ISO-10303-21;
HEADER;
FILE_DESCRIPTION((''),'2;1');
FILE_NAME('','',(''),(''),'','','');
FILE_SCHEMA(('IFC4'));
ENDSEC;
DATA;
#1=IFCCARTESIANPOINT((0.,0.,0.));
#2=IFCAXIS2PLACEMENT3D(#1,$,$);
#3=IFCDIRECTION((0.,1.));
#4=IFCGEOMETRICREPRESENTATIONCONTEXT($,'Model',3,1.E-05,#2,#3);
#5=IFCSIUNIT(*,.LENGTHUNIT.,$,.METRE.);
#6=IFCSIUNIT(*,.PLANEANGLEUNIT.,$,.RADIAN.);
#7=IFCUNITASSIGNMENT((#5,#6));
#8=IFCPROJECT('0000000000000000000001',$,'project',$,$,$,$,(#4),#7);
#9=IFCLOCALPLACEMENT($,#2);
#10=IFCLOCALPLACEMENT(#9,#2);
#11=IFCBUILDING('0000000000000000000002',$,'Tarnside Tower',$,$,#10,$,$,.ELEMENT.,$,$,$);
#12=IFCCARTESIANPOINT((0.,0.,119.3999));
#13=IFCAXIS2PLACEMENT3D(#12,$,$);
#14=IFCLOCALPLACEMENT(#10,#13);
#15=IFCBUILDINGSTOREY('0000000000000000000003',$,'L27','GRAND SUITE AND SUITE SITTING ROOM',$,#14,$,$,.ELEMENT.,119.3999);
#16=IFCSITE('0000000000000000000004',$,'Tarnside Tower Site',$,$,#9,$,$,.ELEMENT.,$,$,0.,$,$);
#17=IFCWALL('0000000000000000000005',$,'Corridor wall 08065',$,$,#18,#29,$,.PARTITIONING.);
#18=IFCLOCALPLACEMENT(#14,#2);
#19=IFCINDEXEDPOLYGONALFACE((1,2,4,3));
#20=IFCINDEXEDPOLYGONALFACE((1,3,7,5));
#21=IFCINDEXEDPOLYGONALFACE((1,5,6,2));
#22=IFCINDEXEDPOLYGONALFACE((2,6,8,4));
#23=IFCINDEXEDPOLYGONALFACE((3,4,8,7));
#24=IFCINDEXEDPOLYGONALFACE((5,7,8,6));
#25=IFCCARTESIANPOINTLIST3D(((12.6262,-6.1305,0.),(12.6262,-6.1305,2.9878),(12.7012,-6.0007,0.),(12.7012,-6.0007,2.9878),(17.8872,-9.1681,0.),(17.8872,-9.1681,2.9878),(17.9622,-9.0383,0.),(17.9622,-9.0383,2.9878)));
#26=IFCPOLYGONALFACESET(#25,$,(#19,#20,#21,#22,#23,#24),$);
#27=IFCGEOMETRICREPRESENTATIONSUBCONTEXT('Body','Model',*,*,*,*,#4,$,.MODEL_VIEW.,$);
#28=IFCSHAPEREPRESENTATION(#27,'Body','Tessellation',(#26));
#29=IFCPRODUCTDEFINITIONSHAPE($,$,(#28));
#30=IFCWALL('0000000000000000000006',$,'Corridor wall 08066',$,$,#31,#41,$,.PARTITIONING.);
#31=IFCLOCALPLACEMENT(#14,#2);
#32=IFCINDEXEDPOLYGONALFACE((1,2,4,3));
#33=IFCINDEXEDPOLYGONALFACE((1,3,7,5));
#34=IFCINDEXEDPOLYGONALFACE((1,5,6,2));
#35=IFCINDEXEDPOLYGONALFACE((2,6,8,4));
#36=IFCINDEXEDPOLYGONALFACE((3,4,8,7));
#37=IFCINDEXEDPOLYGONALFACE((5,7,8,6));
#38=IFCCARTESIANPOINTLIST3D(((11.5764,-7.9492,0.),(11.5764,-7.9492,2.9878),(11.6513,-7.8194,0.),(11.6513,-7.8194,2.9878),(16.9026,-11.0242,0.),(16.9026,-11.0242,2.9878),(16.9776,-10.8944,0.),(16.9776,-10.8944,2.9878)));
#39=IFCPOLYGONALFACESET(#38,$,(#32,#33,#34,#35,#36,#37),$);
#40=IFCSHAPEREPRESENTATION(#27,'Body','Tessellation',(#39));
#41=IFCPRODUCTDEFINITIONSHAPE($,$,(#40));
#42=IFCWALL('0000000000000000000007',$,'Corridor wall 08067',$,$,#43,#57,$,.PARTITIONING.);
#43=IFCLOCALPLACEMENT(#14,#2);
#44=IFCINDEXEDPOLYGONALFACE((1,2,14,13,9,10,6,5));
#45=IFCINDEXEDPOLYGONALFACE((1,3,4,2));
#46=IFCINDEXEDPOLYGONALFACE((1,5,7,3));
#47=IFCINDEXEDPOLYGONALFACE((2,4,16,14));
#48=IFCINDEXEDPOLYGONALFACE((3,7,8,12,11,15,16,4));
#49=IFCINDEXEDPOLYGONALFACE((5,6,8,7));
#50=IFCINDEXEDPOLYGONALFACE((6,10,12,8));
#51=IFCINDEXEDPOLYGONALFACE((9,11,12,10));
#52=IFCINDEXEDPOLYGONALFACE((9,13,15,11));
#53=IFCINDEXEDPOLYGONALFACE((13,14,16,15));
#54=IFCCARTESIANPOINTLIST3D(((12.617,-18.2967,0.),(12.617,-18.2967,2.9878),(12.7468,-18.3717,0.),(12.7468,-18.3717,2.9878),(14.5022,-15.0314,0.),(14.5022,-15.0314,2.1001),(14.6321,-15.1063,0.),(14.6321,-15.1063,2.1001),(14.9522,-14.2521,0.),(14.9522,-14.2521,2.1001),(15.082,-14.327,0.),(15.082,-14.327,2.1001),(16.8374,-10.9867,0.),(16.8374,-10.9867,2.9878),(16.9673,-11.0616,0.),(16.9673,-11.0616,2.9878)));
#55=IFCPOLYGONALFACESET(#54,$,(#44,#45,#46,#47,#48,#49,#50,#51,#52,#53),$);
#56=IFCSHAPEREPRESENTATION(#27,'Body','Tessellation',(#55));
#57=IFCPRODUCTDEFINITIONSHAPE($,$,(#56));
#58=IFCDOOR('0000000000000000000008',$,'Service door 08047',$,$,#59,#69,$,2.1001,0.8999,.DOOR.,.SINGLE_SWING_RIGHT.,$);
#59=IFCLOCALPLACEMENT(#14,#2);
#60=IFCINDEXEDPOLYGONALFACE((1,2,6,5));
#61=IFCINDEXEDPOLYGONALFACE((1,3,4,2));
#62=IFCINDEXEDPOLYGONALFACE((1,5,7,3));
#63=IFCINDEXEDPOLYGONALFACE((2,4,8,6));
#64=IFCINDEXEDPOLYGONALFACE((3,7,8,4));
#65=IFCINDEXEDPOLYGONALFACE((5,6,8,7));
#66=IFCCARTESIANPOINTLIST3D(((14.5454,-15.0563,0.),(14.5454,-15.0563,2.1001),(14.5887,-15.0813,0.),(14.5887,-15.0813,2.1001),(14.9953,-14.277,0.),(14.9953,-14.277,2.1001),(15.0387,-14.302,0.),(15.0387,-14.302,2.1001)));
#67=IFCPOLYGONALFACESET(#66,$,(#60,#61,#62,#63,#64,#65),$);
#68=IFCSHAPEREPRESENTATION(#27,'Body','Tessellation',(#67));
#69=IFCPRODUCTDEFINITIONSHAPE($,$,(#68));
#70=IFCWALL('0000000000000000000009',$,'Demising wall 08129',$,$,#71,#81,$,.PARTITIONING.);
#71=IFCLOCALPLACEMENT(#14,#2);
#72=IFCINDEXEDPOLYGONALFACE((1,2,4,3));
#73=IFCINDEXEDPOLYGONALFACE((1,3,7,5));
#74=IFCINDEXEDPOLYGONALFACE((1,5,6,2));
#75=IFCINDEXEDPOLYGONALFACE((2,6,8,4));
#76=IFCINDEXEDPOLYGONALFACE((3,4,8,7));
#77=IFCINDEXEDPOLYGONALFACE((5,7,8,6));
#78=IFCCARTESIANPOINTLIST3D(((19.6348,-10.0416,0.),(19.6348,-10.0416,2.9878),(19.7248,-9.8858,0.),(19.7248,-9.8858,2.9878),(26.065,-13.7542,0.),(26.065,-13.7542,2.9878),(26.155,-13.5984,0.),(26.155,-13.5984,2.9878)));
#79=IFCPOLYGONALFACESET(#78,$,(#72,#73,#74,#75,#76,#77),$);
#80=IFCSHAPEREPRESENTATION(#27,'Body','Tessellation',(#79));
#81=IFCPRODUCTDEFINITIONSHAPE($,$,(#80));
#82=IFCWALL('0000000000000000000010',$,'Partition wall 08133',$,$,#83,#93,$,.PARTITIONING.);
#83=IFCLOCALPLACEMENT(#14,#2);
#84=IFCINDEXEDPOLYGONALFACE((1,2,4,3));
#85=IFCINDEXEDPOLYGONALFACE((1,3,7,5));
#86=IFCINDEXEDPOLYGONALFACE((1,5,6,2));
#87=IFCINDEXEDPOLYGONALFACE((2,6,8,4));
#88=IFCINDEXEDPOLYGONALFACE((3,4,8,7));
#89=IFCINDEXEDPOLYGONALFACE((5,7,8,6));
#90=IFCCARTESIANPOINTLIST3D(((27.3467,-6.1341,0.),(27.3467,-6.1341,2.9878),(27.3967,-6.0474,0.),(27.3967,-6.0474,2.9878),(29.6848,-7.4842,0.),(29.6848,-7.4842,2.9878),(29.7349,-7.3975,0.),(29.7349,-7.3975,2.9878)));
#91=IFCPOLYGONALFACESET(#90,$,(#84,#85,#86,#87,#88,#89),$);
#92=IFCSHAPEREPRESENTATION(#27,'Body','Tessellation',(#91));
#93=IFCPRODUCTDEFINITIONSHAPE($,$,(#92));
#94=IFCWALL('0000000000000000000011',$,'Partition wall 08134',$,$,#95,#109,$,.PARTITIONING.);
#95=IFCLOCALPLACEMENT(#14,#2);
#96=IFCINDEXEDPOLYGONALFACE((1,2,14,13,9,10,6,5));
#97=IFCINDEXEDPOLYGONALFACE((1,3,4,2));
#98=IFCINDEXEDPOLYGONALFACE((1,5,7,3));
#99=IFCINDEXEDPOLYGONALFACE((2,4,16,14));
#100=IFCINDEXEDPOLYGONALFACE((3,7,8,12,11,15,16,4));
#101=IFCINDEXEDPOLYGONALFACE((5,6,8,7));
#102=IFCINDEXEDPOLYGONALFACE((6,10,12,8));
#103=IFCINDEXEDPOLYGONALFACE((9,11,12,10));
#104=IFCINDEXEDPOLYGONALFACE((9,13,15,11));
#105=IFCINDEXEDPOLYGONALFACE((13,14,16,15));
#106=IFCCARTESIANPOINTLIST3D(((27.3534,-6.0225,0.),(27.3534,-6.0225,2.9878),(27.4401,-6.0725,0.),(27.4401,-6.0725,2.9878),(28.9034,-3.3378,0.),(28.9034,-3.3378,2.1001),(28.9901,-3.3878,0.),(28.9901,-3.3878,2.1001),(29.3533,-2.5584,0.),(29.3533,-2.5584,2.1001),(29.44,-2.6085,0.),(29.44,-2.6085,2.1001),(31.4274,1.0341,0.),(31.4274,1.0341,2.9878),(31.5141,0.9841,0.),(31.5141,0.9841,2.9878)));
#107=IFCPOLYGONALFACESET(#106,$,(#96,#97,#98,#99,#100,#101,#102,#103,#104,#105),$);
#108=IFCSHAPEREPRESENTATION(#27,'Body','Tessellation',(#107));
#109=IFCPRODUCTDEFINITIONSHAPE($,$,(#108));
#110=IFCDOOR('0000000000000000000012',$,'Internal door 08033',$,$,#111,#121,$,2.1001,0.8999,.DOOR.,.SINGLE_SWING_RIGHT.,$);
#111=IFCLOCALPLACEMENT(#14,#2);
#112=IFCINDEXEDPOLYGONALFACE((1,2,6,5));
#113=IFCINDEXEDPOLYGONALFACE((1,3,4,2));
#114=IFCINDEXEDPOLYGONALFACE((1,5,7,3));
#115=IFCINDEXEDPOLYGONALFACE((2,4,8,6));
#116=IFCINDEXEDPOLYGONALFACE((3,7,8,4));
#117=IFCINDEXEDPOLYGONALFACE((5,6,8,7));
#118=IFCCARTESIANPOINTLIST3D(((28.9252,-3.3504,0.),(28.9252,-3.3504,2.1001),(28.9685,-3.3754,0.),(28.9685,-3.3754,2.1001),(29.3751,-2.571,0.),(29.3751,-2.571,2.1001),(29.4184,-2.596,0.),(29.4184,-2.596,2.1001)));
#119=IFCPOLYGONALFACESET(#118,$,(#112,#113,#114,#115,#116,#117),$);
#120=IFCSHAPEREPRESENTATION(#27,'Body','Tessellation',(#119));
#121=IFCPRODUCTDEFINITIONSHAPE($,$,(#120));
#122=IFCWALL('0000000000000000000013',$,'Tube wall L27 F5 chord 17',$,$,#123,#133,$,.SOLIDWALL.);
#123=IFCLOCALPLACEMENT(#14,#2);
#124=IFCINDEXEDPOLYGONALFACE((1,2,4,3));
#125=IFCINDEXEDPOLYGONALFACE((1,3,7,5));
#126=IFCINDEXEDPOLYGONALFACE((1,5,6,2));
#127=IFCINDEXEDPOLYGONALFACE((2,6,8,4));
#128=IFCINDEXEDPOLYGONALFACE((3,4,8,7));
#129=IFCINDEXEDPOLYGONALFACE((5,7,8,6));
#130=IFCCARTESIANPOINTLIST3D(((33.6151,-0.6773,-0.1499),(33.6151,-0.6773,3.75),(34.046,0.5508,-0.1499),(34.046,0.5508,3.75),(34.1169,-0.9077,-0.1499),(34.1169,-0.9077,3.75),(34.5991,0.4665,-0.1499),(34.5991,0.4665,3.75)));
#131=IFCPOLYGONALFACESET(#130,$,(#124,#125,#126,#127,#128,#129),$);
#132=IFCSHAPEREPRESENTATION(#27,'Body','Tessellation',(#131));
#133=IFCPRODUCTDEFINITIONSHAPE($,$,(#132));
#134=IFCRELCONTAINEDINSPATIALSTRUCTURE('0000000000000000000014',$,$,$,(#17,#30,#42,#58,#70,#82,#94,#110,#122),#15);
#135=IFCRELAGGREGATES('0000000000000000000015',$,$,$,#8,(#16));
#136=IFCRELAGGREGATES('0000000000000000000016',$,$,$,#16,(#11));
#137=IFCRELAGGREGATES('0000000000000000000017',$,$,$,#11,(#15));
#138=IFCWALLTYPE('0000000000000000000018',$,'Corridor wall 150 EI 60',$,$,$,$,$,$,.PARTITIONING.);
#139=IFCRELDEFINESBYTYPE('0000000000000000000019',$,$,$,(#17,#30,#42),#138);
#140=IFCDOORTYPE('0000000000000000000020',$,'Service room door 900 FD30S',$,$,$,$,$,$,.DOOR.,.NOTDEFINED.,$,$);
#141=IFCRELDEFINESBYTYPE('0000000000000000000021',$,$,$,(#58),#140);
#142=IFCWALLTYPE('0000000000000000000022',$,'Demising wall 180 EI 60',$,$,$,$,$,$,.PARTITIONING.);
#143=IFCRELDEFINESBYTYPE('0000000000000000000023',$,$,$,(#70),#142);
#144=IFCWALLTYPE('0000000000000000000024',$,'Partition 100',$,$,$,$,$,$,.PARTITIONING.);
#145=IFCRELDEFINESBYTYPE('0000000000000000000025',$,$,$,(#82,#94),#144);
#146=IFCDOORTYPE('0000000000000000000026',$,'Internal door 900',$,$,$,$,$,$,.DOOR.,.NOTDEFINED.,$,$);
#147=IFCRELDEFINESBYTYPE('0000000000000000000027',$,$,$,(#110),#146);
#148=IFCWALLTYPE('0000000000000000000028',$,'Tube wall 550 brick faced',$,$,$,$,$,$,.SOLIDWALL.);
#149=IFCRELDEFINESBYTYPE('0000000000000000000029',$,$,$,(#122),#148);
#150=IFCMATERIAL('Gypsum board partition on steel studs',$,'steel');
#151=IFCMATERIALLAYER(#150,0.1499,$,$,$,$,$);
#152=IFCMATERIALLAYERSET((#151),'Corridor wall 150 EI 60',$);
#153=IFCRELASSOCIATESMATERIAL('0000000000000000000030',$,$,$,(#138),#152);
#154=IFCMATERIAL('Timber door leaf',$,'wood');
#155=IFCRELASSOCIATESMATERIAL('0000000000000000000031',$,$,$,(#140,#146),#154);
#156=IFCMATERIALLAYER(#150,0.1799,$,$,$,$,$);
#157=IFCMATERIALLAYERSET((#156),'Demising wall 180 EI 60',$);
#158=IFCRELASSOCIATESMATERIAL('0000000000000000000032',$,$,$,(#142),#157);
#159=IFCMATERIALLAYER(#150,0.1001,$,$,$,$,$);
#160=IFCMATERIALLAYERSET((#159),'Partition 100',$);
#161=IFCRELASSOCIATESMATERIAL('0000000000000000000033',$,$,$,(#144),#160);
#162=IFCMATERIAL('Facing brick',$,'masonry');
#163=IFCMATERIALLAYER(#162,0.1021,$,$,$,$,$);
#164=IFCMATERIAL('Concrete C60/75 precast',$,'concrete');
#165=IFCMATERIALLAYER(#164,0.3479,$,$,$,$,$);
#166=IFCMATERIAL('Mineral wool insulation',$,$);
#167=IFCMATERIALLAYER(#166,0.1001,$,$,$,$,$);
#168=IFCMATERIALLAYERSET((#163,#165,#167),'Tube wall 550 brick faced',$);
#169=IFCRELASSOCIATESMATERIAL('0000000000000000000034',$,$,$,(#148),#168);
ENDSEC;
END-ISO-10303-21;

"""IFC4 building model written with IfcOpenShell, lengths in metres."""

from ifc_helpers import new_model, si_unit, direction, frame, frame_2d, origin, place, context, subcontext, project, spatial, polyline, rectangle, outline, extrude, material, layer, layer_set, type_object, element, fill, save


model = new_model("IFC4")

# Units and contexts
model_context = context("Model", 3, precision=1e-05, world=origin(), true_north=direction((0.0, 1.0)))
body_context = subcontext(model_context, "Body", "Model", "MODEL_VIEW")
ifc_project = project(units=[si_unit("LENGTHUNIT", "METRE"), si_unit("PLANEANGLEUNIT", "RADIAN")], contexts=[model_context])

# Site, building, storey
site_placement = place(None, origin())
site = spatial("IfcSite", under=ifc_project, at=site_placement, Name="Tarnside Tower Site", CompositionType="ELEMENT", RefElevation=0.0)
building_placement = place(site_placement, origin())
building = spatial("IfcBuilding", under=site, at=building_placement, Name="Tarnside Tower", CompositionType="ELEMENT")
storey_placement = place(building_placement, frame((0.0, 0.0, 119.3999)))
storey = spatial("IfcBuildingStorey", under=building, at=storey_placement, Name="L27", Description="GRAND SUITE AND SUITE SITTING ROOM", CompositionType="ELEMENT", Elevation=119.3999)

# Shared definitions
ifc_material_1 = material(Name="Gypsum board partition on steel studs", Category="steel")

# Shared definitions
ifc_material_2 = material(Name="Timber door leaf", Category="wood")

# Walls
ifc_layer_1 = layer(ifc_material_1, 0.1499)
ifc_layer_set_1 = layer_set([ifc_layer_1], Name="Corridor wall 150 EI 60")
wall_type_1 = type_object("IfcWallType", Name="Corridor wall 150 EI 60", PredefinedType="PARTITIONING", material=ifc_layer_set_1)
wall_1_placement = place(storey_placement, frame((17.9248, -9.1033, 0.0), z_axis=(0.0, 0.0, 1.0), x_axis=(-0.866014, 0.50002, 0.0)))
element("IfcWall", 1, at=wall_1_placement, inside=storey, type_object=wall_type_1, Name="Corridor wall 08065", PredefinedType="PARTITIONING", context=body_context, shape_type="SweptSolid", body=[
    extrude(rectangle(XDim=6.075, YDim=0.1499, at=frame_2d((3.0376, 0.0))), origin(), (0.0, 0.0, 1.0), 2.9878),
])
wall_2_placement = place(storey_placement, frame((11.6138, -7.8843, 0.0), z_axis=(0.0, 0.0, 1.0), x_axis=(0.866034, -0.499986, 0.0)))
element("IfcWall", 2, at=wall_2_placement, inside=storey, type_object=wall_type_1, Name="Corridor wall 08066", PredefinedType="PARTITIONING", context=body_context, shape_type="SweptSolid", body=[
    extrude(rectangle(XDim=6.1501, YDim=0.1499, at=frame_2d((3.0752, 0.0))), origin(), (0.0, 0.0, 1.0), 2.9878),
])

# Wall, opening, door
wall_3_placement = place(storey_placement, frame((16.9023, -11.0242, 0.0), z_axis=(0.0, 0.0, 1.0), x_axis=(-0.5, -0.866026, 0.0)))
wall_3 = element("IfcWall", 3, at=wall_3_placement, inside=storey, type_object=wall_type_1, Name="Corridor wall 08067", PredefinedType="PARTITIONING", context=body_context, shape_type="SweptSolid", body=[
    extrude(rectangle(XDim=8.4409, YDim=0.1499, at=frame_2d((4.2205, 0.0))), origin(), (0.0, 0.0, 1.0), 2.9878),
])
opening_1_placement = place(wall_3_placement, frame((3.7705, 0.0, 0.0)))
opening_1 = element("IfcOpeningElement", 4, at=opening_1_placement, cuts=wall_3, PredefinedType="OPENING", context=body_context, shape_type="SweptSolid", body=[
    extrude(rectangle(XDim=0.8999, YDim=2.1001, at=frame_2d((0.45, 1.05))), frame((0.0, 0.085, 0.0), z_axis=(0.0, -1.0, 0.0), x_axis=(1.0, 0.0, 0.0)), (0.0, 0.0, 1.0), 0.1699),
])
door_type_1 = type_object("IfcDoorType", Name="Service room door 900 FD30S", OperationType="NOTDEFINED", PredefinedType="DOOR", material=ifc_material_2)
door_1_placement = place(opening_1_placement, origin())
door_1 = element("IfcDoor", 5, at=door_1_placement, inside=storey, type_object=door_type_1, Name="Service door 08047", OperationType="SINGLE_SWING_RIGHT", OverallHeight=2.1001, OverallWidth=0.8999, PredefinedType="DOOR", context=body_context, shape_type="SweptSolid", body=[
    extrude(rectangle(XDim=0.8999, YDim=2.1001, at=frame_2d((0.45, 1.05))), frame((0.0, 0.0249, 0.0), z_axis=(0.0, -1.0, 0.0), x_axis=(1.0, 0.0, 0.0)), (0.0, 0.0, 1.0), 0.05),
])
fill(opening_1, door_1)

# Walls
ifc_layer_2 = layer(ifc_material_1, 0.1799)
ifc_layer_set_2 = layer_set([ifc_layer_2], Name="Demising wall 180 EI 60")
wall_type_2 = type_object("IfcWallType", Name="Demising wall 180 EI 60", PredefinedType="PARTITIONING", material=ifc_layer_set_2)
wall_4_placement = place(storey_placement, frame((26.1099, -13.6763, 0.0), z_axis=(0.0, 0.0, 1.0), x_axis=(-0.866015, 0.500018, 0.0)))
element("IfcWall", 6, at=wall_4_placement, inside=storey, type_object=wall_type_2, Name="Demising wall 08129", PredefinedType="PARTITIONING", context=body_context, shape_type="SweptSolid", body=[
    extrude(rectangle(XDim=7.425, YDim=0.1799, at=frame_2d((3.7124, 0.0))), origin(), (0.0, 0.0, 1.0), 2.9878),
])
ifc_layer_3 = layer(ifc_material_1, 0.1001)
ifc_layer_set_3 = layer_set([ifc_layer_3], Name="Partition 100")
wall_type_3 = type_object("IfcWallType", Name="Partition 100", PredefinedType="PARTITIONING", material=ifc_layer_set_3)
wall_5_placement = place(storey_placement, frame((29.71, -7.4409, 0.0), z_axis=(0.0, 0.0, 1.0), x_axis=(-0.865997, 0.500049, 0.0)))
element("IfcWall", 7, at=wall_5_placement, inside=storey, type_object=wall_type_3, Name="Partition wall 08133", PredefinedType="PARTITIONING", context=body_context, shape_type="SweptSolid", body=[
    extrude(rectangle(XDim=2.7, YDim=0.1001, at=frame_2d((1.3501, 0.0))), origin(), (0.0, 0.0, 1.0), 2.9878),
])

# Wall, opening, door
wall_6_placement = place(storey_placement, frame((27.3967, -6.0476, 0.0), z_axis=(0.0, 0.0, 1.0), x_axis=(0.499984, 0.866035, 0.0)))
wall_6 = element("IfcWall", 8, at=wall_6_placement, inside=storey, type_object=wall_type_3, Name="Partition wall 08134", PredefinedType="PARTITIONING", context=body_context, shape_type="SweptSolid", body=[
    extrude(rectangle(XDim=8.1482, YDim=0.1001, at=frame_2d((4.0742, 0.0))), origin(), (0.0, 0.0, 1.0), 2.9878),
])
opening_2_placement = place(wall_6_placement, frame((3.1001, 0.0, 0.0)))
opening_2 = element("IfcOpeningElement", 9, at=opening_2_placement, cuts=wall_6, PredefinedType="OPENING", context=body_context, shape_type="SweptSolid", body=[
    extrude(rectangle(XDim=0.8999, YDim=2.1001, at=frame_2d((0.45, 1.05))), frame((0.0, 0.0601, 0.0), z_axis=(0.0, -1.0, 0.0), x_axis=(1.0, 0.0, 0.0)), (0.0, 0.0, 1.0), 0.1201),
])
door_type_2 = type_object("IfcDoorType", Name="Internal door 900", OperationType="NOTDEFINED", PredefinedType="DOOR", material=ifc_material_2)
door_2_placement = place(opening_2_placement, origin())
door_2 = element("IfcDoor", 10, at=door_2_placement, inside=storey, type_object=door_type_2, Name="Internal door 08033", OperationType="SINGLE_SWING_RIGHT", OverallHeight=2.1001, OverallWidth=0.8999, PredefinedType="DOOR", context=body_context, shape_type="SweptSolid", body=[
    extrude(rectangle(XDim=0.8999, YDim=2.1001, at=frame_2d((0.45, 1.05))), frame((0.0, 0.0249, 0.0), z_axis=(0.0, -1.0, 0.0), x_axis=(1.0, 0.0, 0.0)), (0.0, 0.0, 1.0), 0.05),
])
fill(opening_2, door_2)

# Wall
ifc_material_3 = material(Name="Facing brick", Category="masonry")
ifc_layer_4 = layer(ifc_material_3, 0.1021)
ifc_material_4 = material(Name="Concrete C60/75 precast", Category="concrete")
ifc_layer_5 = layer(ifc_material_4, 0.3479)
ifc_material_5 = material(Name="Mineral wool insulation")
ifc_layer_6 = layer(ifc_material_5, 0.1001)
ifc_layer_set_4 = layer_set([ifc_layer_4, ifc_layer_5, ifc_layer_6], Name="Tube wall 550 brick faced")
wall_type_4 = type_object("IfcWallType", Name="Tube wall 550 brick faced", PredefinedType="SOLIDWALL", material=ifc_layer_set_4)
wall_7_placement = place(storey_placement, frame((33.866, -0.7925, -0.1499), z_axis=(0.0, 0.0, 1.0), x_axis=(0.331115, 0.94359, 0.0)))
element("IfcWall", 11, at=wall_7_placement, inside=storey, type_object=wall_type_4, Name="Tube wall L27 F5 chord 17", PredefinedType="SOLIDWALL", context=body_context, shape_type="SweptSolid", body=[
    extrude(outline(polyline([(-0.0256, -0.2749), (1.4307, -0.2749), (1.3271, 0.2749), (0.0256, 0.2749), (-0.0256, -0.2749)])), origin(), (0.0, 0.0, 1.0), 3.8999),
])

save(model, "model.ifc")
